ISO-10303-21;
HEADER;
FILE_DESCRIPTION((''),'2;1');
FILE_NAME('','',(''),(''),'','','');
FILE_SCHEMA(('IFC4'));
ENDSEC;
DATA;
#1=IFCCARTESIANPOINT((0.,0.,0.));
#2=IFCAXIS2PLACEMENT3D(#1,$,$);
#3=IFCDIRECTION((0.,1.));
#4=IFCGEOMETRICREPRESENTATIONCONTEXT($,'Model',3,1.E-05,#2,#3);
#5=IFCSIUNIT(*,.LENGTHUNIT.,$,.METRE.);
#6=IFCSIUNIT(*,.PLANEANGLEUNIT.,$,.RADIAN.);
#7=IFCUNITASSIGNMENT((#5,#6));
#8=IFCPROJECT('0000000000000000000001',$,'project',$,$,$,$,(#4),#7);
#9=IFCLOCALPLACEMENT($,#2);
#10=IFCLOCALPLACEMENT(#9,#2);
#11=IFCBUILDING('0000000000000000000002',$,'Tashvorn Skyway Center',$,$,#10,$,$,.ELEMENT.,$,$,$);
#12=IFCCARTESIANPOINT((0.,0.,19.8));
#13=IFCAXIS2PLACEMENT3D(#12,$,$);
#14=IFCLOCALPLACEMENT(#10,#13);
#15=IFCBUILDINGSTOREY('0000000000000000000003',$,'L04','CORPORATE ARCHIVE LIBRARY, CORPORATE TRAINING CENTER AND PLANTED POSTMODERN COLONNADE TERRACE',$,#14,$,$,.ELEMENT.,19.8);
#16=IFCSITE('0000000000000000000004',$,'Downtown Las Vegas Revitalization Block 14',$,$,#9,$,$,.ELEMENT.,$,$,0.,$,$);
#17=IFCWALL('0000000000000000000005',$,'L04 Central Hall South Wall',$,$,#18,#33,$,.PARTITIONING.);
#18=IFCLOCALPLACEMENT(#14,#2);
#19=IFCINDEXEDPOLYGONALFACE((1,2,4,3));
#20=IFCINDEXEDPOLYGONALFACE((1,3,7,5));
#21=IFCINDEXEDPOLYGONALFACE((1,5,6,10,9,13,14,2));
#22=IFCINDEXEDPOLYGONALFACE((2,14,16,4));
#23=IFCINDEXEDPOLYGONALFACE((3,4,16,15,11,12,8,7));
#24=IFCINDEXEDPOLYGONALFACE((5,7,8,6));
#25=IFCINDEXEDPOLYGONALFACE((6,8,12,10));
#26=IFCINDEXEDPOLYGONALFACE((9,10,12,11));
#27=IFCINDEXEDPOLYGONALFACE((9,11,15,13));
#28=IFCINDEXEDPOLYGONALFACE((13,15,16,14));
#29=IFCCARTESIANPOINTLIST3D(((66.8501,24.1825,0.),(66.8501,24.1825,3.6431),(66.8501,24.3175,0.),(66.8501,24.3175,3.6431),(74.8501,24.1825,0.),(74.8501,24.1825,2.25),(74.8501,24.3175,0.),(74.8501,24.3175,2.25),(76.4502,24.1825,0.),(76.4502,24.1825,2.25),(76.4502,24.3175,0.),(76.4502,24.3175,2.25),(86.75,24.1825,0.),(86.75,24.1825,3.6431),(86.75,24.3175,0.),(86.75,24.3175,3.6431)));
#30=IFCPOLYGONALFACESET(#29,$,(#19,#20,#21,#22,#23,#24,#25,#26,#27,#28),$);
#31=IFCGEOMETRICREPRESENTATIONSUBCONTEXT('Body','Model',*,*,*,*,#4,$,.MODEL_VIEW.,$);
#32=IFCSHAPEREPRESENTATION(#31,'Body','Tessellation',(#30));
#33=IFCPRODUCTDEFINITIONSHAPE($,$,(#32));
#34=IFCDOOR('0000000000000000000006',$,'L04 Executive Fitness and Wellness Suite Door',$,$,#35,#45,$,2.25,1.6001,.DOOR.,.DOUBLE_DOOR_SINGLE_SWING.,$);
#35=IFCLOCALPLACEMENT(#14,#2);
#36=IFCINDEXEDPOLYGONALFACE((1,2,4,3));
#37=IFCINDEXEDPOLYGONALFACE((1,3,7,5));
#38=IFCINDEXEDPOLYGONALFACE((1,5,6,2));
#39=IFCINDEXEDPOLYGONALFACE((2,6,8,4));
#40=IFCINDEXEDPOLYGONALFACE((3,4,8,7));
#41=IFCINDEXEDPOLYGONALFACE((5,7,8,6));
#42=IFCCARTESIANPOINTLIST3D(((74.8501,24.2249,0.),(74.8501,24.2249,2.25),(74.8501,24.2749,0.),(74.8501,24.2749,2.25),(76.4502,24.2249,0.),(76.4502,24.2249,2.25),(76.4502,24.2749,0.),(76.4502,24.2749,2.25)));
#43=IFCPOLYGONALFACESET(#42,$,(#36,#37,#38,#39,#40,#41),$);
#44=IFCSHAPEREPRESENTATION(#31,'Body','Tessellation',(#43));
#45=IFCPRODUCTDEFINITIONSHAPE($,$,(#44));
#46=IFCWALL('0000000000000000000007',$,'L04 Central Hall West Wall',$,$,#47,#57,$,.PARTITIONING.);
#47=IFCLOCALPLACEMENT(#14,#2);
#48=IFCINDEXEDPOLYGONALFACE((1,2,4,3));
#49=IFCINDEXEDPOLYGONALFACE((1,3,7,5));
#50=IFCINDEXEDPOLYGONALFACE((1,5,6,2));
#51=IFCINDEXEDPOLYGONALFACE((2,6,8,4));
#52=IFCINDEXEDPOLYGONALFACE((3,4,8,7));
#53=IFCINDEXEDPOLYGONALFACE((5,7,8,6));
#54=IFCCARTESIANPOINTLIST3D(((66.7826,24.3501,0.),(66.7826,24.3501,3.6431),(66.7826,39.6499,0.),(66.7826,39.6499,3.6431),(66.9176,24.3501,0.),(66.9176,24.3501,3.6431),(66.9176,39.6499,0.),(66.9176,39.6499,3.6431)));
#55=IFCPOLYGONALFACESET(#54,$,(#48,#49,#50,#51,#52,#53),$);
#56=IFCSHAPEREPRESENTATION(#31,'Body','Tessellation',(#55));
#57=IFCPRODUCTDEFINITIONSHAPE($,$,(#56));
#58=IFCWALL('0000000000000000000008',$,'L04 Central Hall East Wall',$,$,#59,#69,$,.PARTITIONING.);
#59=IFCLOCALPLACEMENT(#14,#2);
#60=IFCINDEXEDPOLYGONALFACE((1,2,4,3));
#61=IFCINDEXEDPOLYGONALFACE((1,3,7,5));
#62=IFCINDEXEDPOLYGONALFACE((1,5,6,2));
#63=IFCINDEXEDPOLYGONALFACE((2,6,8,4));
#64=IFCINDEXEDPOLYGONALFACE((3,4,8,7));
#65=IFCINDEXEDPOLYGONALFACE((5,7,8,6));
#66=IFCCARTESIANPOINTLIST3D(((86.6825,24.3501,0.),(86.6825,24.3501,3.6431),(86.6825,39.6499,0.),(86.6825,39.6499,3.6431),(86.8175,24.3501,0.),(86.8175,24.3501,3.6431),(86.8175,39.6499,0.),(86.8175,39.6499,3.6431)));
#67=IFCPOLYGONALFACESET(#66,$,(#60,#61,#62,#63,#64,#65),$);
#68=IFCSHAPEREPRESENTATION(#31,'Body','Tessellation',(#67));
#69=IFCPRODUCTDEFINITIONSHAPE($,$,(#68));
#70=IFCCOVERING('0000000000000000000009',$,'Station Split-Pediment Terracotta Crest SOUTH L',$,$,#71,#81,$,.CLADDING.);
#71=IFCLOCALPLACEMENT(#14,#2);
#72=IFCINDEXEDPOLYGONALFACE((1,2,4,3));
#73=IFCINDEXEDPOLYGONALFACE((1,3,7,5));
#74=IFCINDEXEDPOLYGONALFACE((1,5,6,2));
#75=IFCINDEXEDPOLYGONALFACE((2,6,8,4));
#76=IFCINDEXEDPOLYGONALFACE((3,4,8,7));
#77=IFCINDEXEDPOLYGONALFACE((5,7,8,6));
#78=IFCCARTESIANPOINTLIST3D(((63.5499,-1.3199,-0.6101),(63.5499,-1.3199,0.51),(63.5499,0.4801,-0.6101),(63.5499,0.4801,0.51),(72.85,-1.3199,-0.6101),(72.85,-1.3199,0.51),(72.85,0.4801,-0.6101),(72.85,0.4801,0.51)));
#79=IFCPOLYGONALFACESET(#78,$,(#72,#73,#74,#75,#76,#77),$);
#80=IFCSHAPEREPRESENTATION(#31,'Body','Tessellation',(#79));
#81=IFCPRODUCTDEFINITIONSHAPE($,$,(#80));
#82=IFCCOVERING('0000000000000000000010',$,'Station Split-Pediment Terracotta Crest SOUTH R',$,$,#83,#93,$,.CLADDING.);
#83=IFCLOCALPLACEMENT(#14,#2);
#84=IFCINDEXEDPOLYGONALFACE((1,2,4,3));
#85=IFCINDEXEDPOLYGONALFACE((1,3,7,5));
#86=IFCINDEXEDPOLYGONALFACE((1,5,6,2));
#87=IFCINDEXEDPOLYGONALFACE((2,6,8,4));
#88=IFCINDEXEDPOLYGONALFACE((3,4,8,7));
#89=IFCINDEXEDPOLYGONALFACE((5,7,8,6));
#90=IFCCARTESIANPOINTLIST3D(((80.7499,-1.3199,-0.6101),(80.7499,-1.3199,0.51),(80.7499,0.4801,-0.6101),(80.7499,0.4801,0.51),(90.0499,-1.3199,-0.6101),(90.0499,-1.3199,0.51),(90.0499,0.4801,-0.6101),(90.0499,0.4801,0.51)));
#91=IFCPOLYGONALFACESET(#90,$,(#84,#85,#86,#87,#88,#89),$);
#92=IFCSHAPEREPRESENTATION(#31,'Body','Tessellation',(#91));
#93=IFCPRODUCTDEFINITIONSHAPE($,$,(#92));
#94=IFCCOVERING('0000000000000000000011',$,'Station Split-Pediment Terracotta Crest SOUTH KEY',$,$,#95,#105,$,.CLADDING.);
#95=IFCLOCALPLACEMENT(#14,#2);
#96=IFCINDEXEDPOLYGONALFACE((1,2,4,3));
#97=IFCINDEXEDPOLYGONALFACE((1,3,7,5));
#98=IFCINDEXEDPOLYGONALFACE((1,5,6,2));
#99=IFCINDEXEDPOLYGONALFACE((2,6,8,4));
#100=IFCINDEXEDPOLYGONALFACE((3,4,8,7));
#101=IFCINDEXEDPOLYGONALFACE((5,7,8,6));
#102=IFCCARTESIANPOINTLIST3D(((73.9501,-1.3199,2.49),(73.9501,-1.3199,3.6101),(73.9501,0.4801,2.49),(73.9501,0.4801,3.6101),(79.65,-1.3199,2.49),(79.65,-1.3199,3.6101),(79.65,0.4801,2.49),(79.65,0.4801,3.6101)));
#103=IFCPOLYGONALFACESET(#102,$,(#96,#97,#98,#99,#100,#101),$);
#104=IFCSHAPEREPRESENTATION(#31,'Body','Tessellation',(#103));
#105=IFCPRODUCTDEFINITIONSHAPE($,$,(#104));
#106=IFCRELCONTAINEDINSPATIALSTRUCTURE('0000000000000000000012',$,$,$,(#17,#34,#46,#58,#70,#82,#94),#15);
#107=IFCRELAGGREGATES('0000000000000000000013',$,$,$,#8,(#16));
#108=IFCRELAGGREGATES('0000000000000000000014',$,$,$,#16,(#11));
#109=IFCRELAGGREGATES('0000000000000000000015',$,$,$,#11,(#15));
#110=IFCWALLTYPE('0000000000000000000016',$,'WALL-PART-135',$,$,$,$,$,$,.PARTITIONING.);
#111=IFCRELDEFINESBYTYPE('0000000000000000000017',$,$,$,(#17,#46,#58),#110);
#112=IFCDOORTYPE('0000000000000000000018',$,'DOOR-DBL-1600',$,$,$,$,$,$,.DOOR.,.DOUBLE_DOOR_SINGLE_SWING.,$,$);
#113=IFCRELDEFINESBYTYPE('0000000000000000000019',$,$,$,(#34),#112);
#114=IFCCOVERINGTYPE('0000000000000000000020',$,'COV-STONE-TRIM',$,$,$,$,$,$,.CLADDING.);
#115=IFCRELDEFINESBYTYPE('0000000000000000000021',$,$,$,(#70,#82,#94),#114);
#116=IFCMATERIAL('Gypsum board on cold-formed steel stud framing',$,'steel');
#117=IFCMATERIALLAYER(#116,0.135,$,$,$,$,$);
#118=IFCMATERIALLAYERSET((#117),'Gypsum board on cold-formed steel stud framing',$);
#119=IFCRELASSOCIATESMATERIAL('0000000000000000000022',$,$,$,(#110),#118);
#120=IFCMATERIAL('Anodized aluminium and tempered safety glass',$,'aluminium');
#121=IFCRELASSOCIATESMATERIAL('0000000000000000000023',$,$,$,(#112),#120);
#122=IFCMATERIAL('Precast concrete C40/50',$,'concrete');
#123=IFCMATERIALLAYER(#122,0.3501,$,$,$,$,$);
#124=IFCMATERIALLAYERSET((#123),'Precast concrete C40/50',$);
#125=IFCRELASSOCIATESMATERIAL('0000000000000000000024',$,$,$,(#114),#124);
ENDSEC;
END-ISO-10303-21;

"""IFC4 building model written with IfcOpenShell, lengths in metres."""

from ifc_helpers import new_model, si_unit, direction, frame, frame_2d, origin, origin_2d, place, context, subcontext, project, spatial, rectangle, extrude, material, layer, layer_set, type_object, element, fill, save


model = new_model("IFC4")

# Units and contexts
model_context = context("Model", 3, precision=1e-05, world=origin(), true_north=direction((0.0, 1.0)))
body_context = subcontext(model_context, "Body", "Model", "MODEL_VIEW")
ifc_project = project(units=[si_unit("LENGTHUNIT", "METRE"), si_unit("PLANEANGLEUNIT", "RADIAN")], contexts=[model_context])

# Site, building, storey
site_placement = place(None, origin())
site = spatial("IfcSite", under=ifc_project, at=site_placement, Name="Downtown Las Vegas Revitalization Block 14", CompositionType="ELEMENT", RefElevation=0.0)
building_placement = place(site_placement, origin())
building = spatial("IfcBuilding", under=site, at=building_placement, Name="Tashvorn Skyway Center", CompositionType="ELEMENT")
storey_placement = place(building_placement, frame((0.0, 0.0, 19.8)))
storey = spatial("IfcBuildingStorey", under=building, at=storey_placement, Name="L04", Description="CORPORATE ARCHIVE LIBRARY, CORPORATE TRAINING CENTER AND PLANTED POSTMODERN COLONNADE TERRACE", CompositionType="ELEMENT", Elevation=19.8)

# Wall, opening, door
ifc_material_1 = material(Name="Gypsum board on cold-formed steel stud framing", Category="steel")
ifc_layer_1 = layer(ifc_material_1, 0.135)
ifc_layer_set_1 = layer_set([ifc_layer_1], Name="Gypsum board on cold-formed steel stud framing")
wall_type = type_object("IfcWallType", Name="WALL-PART-135", PredefinedType="PARTITIONING", material=ifc_layer_set_1)
wall_placement = place(storey_placement, frame((66.8501, 24.25, 0.0), z_axis=(0.0, 0.0, 1.0), x_axis=(1.0, 0.0, 0.0)))
wall = element("IfcWall", 1, at=wall_placement, inside=storey, type_object=wall_type, Name="L04 Central Hall South Wall", PredefinedType="PARTITIONING", context=body_context, shape_type="SweptSolid", body=[
    extrude(rectangle(XDim=19.8999, YDim=0.135, at=frame_2d((9.95, 0.0))), origin(), (0.0, 0.0, 1.0), 3.6431),
])
opening_placement = place(wall_placement, frame((8.0, 0.0, 0.0)))
opening = element("IfcOpeningElement", 2, at=opening_placement, cuts=wall, PredefinedType="OPENING", context=body_context, shape_type="SweptSolid", body=[
    extrude(rectangle(XDim=1.6001, YDim=2.25, at=frame_2d((0.8, 1.125))), frame((0.0, 0.0774, 0.0), z_axis=(0.0, -1.0, 0.0), x_axis=(1.0, 0.0, 0.0)), (0.0, 0.0, 1.0), 0.155),
])
ifc_material_2 = material(Name="Anodized aluminium and tempered safety glass", Category="aluminium")
door_type = type_object("IfcDoorType", Name="DOOR-DBL-1600", OperationType="DOUBLE_DOOR_SINGLE_SWING", PredefinedType="DOOR", material=ifc_material_2)
door_placement = place(opening_placement, origin())
door = element("IfcDoor", 3, at=door_placement, inside=storey, type_object=door_type, Name="L04 Executive Fitness and Wellness Suite Door", OperationType="DOUBLE_DOOR_SINGLE_SWING", OverallHeight=2.25, OverallWidth=1.6001, PredefinedType="DOOR", context=body_context, shape_type="SweptSolid", body=[
    extrude(rectangle(XDim=1.6001, YDim=2.25, at=frame_2d((0.8, 1.125))), frame((0.0, 0.0249, 0.0), z_axis=(0.0, -1.0, 0.0), x_axis=(1.0, 0.0, 0.0)), (0.0, 0.0, 1.0), 0.05),
])
fill(opening, door)

# Walls
for number, where, z_axis, x_axis, name in (
    (4, (66.8501, 24.3501, 0.0), (0.0, 0.0, 1.0), (0.0, 1.0, 0.0), "L04 Central Hall West Wall"),
    (5, (86.75, 24.3501, 0.0), (0.0, 0.0, 1.0), (0.0, 1.0, 0.0), "L04 Central Hall East Wall"),
):
    element("IfcWall", number, at=place(storey_placement, frame(where, z_axis=z_axis, x_axis=x_axis)), inside=storey, type_object=wall_type, Name=name, PredefinedType="PARTITIONING", context=body_context, shape_type="SweptSolid", body=[
        extrude(rectangle(XDim=15.2998, YDim=0.135, at=frame_2d((7.6499, 0.0))), origin(), (0.0, 0.0, 1.0), 3.6431),
    ])

# Coverings
ifc_material_3 = material(Name="Precast concrete C40/50", Category="concrete")
ifc_layer_2 = layer(ifc_material_3, 0.3501)
ifc_layer_set_2 = layer_set([ifc_layer_2], Name="Precast concrete C40/50")
covering_type = type_object("IfcCoveringType", Name="COV-STONE-TRIM", PredefinedType="CLADDING", material=ifc_layer_set_2)
for number, where, z_axis, x_axis, name in (
    (6, (68.2, -0.4199, -0.6101), (0.0, 0.0, 1.0), (1.0, 0.0, 0.0), "Station Split-Pediment Terracotta Crest SOUTH L"),
    (7, (85.3999, -0.4199, -0.6101), (0.0, 0.0, 1.0), (1.0, 0.0, 0.0), "Station Split-Pediment Terracotta Crest SOUTH R"),
):
    element("IfcCovering", number, at=place(storey_placement, frame(where, z_axis=z_axis, x_axis=x_axis)), inside=storey, type_object=covering_type, Name=name, PredefinedType="CLADDING", context=body_context, shape_type="SweptSolid", body=[
        extrude(rectangle(XDim=9.3, YDim=1.8, at=origin_2d()), origin(), (0.0, 0.0, 1.0), 1.1201),
    ])
covering_placement = place(storey_placement, frame((76.8, -0.4199, 2.49), z_axis=(0.0, 0.0, 1.0), x_axis=(1.0, 0.0, 0.0)))
element("IfcCovering", 8, at=covering_placement, inside=storey, type_object=covering_type, Name="Station Split-Pediment Terracotta Crest SOUTH KEY", PredefinedType="CLADDING", context=body_context, shape_type="SweptSolid", body=[
    extrude(rectangle(XDim=5.7, YDim=1.8, at=origin_2d()), origin(), (0.0, 0.0, 1.0), 1.1201),
])

save(model, "model.ifc")
